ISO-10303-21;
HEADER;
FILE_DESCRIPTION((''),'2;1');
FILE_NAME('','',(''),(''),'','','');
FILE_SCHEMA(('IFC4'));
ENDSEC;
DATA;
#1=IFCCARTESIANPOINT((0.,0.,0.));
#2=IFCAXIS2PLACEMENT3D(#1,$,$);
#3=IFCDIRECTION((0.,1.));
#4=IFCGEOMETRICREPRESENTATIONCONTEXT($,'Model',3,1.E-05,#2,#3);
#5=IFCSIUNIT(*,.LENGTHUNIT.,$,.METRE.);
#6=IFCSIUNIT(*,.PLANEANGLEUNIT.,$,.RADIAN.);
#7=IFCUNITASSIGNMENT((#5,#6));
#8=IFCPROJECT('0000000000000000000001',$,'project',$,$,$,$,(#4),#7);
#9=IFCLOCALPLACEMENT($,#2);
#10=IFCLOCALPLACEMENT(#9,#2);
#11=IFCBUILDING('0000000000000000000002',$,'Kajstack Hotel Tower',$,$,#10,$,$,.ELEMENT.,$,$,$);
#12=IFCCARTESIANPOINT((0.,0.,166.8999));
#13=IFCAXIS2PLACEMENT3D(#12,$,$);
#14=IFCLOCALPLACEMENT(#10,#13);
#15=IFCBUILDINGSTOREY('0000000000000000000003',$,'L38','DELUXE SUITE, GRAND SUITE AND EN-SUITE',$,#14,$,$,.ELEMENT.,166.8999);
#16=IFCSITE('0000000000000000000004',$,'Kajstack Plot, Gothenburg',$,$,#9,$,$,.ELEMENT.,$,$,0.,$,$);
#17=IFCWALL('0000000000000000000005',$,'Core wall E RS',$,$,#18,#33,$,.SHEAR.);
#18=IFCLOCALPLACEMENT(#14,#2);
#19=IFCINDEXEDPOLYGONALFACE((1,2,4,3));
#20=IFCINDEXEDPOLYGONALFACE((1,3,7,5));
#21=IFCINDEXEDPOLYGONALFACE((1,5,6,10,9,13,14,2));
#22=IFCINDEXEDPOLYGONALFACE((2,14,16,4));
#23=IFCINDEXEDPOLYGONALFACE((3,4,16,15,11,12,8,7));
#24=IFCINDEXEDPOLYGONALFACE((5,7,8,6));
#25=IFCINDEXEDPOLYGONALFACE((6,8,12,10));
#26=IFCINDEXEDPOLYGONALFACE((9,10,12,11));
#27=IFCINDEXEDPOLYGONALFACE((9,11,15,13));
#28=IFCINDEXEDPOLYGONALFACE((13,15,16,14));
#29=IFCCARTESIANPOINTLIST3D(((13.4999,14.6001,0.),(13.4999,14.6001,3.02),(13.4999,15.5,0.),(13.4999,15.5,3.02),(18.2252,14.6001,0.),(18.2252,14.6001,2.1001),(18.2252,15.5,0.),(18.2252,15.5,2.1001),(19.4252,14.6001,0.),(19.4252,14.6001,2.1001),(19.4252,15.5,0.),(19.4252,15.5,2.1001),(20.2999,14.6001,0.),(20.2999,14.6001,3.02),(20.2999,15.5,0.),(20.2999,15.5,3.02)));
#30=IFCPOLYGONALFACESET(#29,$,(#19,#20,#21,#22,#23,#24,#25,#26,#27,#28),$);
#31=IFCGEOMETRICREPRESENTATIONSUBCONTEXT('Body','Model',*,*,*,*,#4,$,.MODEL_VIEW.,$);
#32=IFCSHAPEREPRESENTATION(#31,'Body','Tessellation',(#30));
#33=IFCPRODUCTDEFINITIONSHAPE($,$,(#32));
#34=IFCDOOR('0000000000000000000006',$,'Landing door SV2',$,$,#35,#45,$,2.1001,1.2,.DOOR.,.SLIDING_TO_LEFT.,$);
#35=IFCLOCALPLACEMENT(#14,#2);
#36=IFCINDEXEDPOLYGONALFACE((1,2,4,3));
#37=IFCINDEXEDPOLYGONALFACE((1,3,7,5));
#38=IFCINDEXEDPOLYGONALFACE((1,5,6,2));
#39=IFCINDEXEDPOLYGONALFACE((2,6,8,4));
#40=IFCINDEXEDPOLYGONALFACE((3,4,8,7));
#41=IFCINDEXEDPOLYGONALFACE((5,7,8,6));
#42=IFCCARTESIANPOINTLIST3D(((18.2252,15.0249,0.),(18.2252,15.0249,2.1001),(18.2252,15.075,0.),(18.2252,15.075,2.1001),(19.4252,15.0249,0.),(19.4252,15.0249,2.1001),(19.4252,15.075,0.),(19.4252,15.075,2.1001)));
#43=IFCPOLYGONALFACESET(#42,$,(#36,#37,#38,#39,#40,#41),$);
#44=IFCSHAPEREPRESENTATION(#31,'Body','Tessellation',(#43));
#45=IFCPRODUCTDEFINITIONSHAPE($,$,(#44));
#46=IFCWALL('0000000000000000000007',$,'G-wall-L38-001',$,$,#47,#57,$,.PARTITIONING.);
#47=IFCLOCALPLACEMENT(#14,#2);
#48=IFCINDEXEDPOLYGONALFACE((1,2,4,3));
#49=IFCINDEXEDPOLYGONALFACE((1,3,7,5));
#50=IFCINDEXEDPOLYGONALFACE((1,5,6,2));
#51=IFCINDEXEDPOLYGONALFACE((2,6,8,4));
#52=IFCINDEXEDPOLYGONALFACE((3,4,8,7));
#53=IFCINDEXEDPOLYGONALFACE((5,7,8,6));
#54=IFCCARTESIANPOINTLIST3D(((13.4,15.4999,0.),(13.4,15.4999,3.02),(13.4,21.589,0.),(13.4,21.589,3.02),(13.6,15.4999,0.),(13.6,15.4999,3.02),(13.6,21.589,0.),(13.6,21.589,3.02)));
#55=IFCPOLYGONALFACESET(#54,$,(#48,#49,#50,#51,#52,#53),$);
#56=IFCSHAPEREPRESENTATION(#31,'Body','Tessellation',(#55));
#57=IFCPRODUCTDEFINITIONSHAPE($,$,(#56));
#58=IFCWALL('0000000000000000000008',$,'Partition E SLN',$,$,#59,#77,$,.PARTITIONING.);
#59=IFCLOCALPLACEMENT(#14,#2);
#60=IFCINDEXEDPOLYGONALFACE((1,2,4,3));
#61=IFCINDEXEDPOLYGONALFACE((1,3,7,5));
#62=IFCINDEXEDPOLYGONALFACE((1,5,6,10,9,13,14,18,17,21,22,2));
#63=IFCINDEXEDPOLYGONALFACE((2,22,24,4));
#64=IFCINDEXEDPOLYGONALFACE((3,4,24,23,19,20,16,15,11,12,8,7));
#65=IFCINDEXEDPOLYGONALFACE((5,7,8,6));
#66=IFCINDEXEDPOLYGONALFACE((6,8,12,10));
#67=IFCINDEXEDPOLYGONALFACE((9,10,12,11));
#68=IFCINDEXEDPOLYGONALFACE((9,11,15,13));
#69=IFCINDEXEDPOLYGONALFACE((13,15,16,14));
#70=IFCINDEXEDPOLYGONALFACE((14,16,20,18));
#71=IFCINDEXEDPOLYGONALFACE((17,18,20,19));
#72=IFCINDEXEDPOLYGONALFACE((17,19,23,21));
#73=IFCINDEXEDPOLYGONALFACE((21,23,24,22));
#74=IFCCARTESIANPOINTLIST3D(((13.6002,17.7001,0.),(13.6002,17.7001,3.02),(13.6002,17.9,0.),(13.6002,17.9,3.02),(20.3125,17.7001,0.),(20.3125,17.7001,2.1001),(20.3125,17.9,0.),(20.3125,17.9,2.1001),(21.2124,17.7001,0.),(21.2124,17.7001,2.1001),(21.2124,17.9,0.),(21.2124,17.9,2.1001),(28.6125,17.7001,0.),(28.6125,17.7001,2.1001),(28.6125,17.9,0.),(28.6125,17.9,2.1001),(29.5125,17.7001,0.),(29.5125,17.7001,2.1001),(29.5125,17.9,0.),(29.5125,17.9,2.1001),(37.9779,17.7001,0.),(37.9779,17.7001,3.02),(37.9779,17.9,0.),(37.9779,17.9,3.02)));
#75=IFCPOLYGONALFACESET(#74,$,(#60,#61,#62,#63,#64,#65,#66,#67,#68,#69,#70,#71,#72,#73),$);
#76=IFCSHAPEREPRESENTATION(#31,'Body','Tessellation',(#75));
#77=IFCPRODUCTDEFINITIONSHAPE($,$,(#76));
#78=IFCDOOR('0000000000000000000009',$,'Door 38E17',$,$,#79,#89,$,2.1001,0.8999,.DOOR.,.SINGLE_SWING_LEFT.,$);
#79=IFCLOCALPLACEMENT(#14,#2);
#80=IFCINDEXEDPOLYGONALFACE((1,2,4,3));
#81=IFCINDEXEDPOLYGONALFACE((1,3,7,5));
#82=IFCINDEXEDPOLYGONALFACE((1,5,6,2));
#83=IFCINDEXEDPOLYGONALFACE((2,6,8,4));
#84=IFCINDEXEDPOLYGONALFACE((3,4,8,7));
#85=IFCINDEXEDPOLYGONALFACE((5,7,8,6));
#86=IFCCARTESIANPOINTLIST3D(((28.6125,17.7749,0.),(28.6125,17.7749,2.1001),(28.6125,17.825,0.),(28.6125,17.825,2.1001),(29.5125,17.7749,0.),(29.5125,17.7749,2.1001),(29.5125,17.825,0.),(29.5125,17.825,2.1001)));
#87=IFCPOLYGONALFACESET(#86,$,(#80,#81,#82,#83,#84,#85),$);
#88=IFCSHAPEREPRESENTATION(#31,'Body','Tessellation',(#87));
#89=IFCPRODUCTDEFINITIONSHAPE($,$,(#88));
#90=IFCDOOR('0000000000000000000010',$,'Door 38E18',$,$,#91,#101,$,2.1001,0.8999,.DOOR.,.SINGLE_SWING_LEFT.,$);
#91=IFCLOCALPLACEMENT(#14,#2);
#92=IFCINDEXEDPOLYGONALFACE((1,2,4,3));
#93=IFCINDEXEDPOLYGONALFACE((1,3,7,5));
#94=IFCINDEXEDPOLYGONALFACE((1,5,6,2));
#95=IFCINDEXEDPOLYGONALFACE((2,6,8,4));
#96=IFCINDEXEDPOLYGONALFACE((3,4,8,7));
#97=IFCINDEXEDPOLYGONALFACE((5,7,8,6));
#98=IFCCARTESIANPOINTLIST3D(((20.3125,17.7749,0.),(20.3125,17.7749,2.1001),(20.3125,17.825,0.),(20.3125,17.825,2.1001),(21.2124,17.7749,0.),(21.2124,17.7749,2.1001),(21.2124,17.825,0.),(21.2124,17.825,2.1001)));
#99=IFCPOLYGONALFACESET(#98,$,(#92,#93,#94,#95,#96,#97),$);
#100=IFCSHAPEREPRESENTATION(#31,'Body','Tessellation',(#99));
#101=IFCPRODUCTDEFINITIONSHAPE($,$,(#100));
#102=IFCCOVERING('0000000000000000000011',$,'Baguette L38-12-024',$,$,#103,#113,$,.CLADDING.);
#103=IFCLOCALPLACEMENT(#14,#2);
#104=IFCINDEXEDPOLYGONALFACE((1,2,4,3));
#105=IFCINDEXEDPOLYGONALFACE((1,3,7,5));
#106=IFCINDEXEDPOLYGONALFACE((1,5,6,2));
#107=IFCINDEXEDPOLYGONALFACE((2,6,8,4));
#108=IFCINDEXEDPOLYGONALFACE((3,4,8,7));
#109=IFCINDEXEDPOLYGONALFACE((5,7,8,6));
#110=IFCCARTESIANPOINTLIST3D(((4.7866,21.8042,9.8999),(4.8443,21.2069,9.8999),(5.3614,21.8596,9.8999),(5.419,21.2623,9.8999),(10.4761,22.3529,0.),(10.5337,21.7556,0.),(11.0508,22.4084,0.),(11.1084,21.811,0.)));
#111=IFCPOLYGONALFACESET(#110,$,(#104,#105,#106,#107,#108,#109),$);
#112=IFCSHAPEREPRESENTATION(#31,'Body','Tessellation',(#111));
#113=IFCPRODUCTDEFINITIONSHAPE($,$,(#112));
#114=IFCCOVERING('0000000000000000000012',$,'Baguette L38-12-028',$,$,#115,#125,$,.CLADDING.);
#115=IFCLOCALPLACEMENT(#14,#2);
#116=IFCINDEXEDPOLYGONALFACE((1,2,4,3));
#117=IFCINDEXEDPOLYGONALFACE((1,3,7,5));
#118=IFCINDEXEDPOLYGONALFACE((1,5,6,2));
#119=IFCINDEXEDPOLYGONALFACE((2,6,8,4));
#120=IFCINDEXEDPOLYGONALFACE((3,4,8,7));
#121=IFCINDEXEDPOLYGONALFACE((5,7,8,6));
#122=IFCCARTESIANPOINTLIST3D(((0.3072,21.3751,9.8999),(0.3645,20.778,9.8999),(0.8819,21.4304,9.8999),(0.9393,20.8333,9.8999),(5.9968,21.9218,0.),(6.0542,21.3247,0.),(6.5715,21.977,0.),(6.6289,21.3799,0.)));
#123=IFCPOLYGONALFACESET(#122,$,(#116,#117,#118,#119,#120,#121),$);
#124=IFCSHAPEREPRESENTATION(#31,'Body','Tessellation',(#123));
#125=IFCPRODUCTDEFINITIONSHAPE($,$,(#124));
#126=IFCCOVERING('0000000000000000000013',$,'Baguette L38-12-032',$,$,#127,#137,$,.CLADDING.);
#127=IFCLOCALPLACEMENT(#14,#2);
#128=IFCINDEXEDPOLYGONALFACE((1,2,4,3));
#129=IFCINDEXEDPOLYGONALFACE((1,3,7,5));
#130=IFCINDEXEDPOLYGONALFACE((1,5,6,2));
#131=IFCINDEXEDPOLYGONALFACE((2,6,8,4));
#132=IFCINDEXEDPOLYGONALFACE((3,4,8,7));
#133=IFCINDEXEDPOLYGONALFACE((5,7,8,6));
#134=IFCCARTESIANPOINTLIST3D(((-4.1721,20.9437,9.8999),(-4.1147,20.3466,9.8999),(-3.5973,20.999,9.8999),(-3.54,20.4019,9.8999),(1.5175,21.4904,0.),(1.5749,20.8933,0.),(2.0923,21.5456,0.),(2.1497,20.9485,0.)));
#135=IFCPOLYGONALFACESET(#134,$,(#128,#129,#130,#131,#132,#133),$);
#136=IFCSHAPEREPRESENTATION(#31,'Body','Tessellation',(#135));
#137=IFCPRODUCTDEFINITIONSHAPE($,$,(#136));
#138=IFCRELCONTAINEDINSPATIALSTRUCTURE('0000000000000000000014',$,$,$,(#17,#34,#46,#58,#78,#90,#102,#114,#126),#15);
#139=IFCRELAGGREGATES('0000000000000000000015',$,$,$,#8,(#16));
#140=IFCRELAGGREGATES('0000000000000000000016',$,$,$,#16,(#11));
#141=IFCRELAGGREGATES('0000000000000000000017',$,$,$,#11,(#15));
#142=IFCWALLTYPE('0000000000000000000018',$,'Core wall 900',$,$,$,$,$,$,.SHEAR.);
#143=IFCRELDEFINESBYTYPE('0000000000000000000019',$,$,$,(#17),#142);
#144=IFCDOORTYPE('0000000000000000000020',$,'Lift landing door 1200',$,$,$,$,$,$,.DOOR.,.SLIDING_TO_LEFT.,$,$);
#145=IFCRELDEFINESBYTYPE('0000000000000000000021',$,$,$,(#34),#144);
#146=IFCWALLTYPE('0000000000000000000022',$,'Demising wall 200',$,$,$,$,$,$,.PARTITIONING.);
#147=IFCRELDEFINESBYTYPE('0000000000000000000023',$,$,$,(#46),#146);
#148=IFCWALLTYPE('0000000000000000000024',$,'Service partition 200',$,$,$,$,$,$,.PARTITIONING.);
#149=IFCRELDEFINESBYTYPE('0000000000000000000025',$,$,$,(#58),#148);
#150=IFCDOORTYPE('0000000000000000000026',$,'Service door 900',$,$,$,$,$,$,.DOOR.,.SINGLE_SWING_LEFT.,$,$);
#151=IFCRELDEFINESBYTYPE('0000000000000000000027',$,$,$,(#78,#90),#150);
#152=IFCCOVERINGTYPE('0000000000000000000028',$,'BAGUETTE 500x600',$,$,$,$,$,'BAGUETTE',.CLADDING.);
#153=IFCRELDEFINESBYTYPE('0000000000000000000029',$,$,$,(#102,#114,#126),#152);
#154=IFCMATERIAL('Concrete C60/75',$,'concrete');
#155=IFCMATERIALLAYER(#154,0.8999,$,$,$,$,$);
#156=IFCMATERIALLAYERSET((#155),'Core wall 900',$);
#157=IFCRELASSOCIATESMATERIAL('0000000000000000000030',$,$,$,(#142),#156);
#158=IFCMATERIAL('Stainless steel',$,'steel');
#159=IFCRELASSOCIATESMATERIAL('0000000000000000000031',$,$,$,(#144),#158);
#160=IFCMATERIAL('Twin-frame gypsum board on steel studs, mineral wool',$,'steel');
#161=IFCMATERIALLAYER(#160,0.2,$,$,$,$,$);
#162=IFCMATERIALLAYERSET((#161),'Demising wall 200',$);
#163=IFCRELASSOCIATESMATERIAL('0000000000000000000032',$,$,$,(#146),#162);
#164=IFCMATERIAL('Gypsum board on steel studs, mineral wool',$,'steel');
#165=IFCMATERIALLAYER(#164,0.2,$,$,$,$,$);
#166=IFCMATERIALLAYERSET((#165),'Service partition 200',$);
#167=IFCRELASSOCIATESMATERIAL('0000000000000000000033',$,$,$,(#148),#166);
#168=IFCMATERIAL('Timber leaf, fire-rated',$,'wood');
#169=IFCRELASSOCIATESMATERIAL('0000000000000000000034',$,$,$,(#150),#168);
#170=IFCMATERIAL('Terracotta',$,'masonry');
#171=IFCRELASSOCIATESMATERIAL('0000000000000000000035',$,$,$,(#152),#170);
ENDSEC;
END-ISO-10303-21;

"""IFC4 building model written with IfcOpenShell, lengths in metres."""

from ifc_helpers import new_model, si_unit, direction, frame, frame_2d, origin, origin_2d, place, context, subcontext, project, spatial, polyline, rectangle, outline, extrude, material, layer, layer_set, material_profile, profile_set, type_object, element, fill, save


model = new_model("IFC4")

# Units and contexts
model_context = context("Model", 3, precision=1e-05, world=origin(), true_north=direction((0.0, 1.0)))
body_context = subcontext(model_context, "Body", "Model", "MODEL_VIEW")
ifc_project = project(units=[si_unit("LENGTHUNIT", "METRE"), si_unit("PLANEANGLEUNIT", "RADIAN")], contexts=[model_context])

# Site, building, storey
site_placement = place(None, origin())
site = spatial("IfcSite", under=ifc_project, at=site_placement, Name="Kajstack Plot, Gothenburg", CompositionType="ELEMENT", RefElevation=0.0)
building_placement = place(site_placement, origin())
building = spatial("IfcBuilding", under=site, at=building_placement, Name="Kajstack Hotel Tower", CompositionType="ELEMENT")
storey_placement = place(building_placement, frame((0.0, 0.0, 166.8999)))
storey = spatial("IfcBuildingStorey", under=building, at=storey_placement, Name="L38", Description="DELUXE SUITE, GRAND SUITE AND EN-SUITE", CompositionType="ELEMENT", Elevation=166.8999)

# Wall, opening, door
ifc_material_1 = material(Name="Concrete C60/75", Category="concrete")
ifc_layer_1 = layer(ifc_material_1, 0.8999)
ifc_layer_set_1 = layer_set([ifc_layer_1], Name="Core wall 900")
wall_type_1 = type_object("IfcWallType", Name="Core wall 900", PredefinedType="SHEAR", material=ifc_layer_set_1)
wall_1_placement = place(storey_placement, frame((13.5, 15.05, 0.0), z_axis=(0.0, 0.0, 1.0), x_axis=(1.0, 0.0, 0.0)))
wall_1 = element("IfcWall", 1, at=wall_1_placement, inside=storey, type_object=wall_type_1, Name="Core wall E RS", PredefinedType="SHEAR", context=body_context, shape_type="SweptSolid", body=[
    extrude(rectangle(XDim=6.8, YDim=0.8999, at=frame_2d((3.3999, 0.0))), origin(), (0.0, 0.0, 1.0), 3.02),
])
opening_1_placement = place(wall_1_placement, frame((4.7251, 0.0, 0.0)))
opening_1 = element("IfcOpeningElement", 2, at=opening_1_placement, cuts=wall_1, PredefinedType="OPENING", context=body_context, shape_type="SweptSolid", body=[
    extrude(rectangle(XDim=1.2, YDim=2.1001, at=frame_2d((0.6001, 1.05))), frame((0.0, 0.46, 0.0), z_axis=(0.0, -1.0, 0.0), x_axis=(1.0, 0.0, 0.0)), (0.0, 0.0, 1.0), 0.9199),
])
ifc_material_2 = material(Name="Stainless steel", Category="steel")
door_type_1 = type_object("IfcDoorType", Name="Lift landing door 1200", OperationType="SLIDING_TO_LEFT", PredefinedType="DOOR", material=ifc_material_2)
door_1_placement = place(opening_1_placement, origin())
door_1 = element("IfcDoor", 3, at=door_1_placement, inside=storey, type_object=door_type_1, Name="Landing door SV2", OperationType="SLIDING_TO_LEFT", OverallHeight=2.1001, OverallWidth=1.2, PredefinedType="DOOR", context=body_context, shape_type="SweptSolid", body=[
    extrude(rectangle(XDim=1.2, YDim=2.1001, at=frame_2d((0.6001, 1.05))), frame((0.0, 0.0249, 0.0), z_axis=(0.0, -1.0, 0.0), x_axis=(1.0, 0.0, 0.0)), (0.0, 0.0, 1.0), 0.05),
])
fill(opening_1, door_1)

# Wall
ifc_material_3 = material(Name="Twin-frame gypsum board on steel studs, mineral wool", Category="steel")
ifc_layer_2 = layer(ifc_material_3, 0.2)
ifc_layer_set_2 = layer_set([ifc_layer_2], Name="Demising wall 200")
wall_type_2 = type_object("IfcWallType", Name="Demising wall 200", PredefinedType="PARTITIONING", material=ifc_layer_set_2)
wall_2_placement = place(storey_placement, frame((13.5, 15.5, 0.0), z_axis=(0.0, 0.0, 1.0), x_axis=(0.0, 1.0, 0.0)))
element("IfcWall", 4, at=wall_2_placement, inside=storey, type_object=wall_type_2, Name="G-wall-L38-001", PredefinedType="PARTITIONING", context=body_context, shape_type="SweptSolid", body=[
    extrude(rectangle(XDim=6.0891, YDim=0.2, at=frame_2d((3.0444, 0.0))), origin(), (0.0, 0.0, 1.0), 3.02),
])

# Wall, openings, doors
ifc_material_4 = material(Name="Gypsum board on steel studs, mineral wool", Category="steel")
ifc_layer_3 = layer(ifc_material_4, 0.2)
ifc_layer_set_3 = layer_set([ifc_layer_3], Name="Service partition 200")
wall_type_3 = type_object("IfcWallType", Name="Service partition 200", PredefinedType="PARTITIONING", material=ifc_layer_set_3)
wall_3_placement = place(storey_placement, frame((13.6001, 17.8, 0.0), z_axis=(0.0, 0.0, 1.0), x_axis=(1.0, 0.0, 0.0)))
wall_3 = element("IfcWall", 5, at=wall_3_placement, inside=storey, type_object=wall_type_3, Name="Partition E SLN", PredefinedType="PARTITIONING", context=body_context, shape_type="SweptSolid", body=[
    extrude(rectangle(XDim=24.3777, YDim=0.2, at=frame_2d((12.189, 0.0))), origin(), (0.0, 0.0, 1.0), 3.02),
])
opening_2_placement = place(wall_3_placement, frame((15.0125, 0.0, 0.0)))
opening_2 = element("IfcOpeningElement", 6, at=opening_2_placement, cuts=wall_3, PredefinedType="OPENING", context=body_context, shape_type="SweptSolid", body=[
    extrude(rectangle(XDim=0.8999, YDim=2.1001, at=frame_2d((0.45, 1.05))), frame((0.0, 0.1099, 0.0), z_axis=(0.0, -1.0, 0.0), x_axis=(1.0, 0.0, 0.0)), (0.0, 0.0, 1.0), 0.22),
])
opening_3_placement = place(wall_3_placement, frame((6.7124, 0.0, 0.0)))
opening_3 = element("IfcOpeningElement", 7, at=opening_3_placement, cuts=wall_3, PredefinedType="OPENING", context=body_context, shape_type="SweptSolid", body=[
    extrude(rectangle(XDim=0.8999, YDim=2.1001, at=frame_2d((0.45, 1.05))), frame((0.0, 0.1099, 0.0), z_axis=(0.0, -1.0, 0.0), x_axis=(1.0, 0.0, 0.0)), (0.0, 0.0, 1.0), 0.22),
])
ifc_material_5 = material(Name="Timber leaf, fire-rated", Category="wood")
door_type_2 = type_object("IfcDoorType", Name="Service door 900", OperationType="SINGLE_SWING_LEFT", PredefinedType="DOOR", material=ifc_material_5)
door_2_placement = place(opening_2_placement, origin())
door_2 = element("IfcDoor", 8, at=door_2_placement, inside=storey, type_object=door_type_2, Name="Door 38E17", OperationType="SINGLE_SWING_LEFT", OverallHeight=2.1001, OverallWidth=0.8999, PredefinedType="DOOR", context=body_context, shape_type="SweptSolid", body=[
    extrude(rectangle(XDim=0.8999, YDim=2.1001, at=frame_2d((0.45, 1.05))), frame((0.0, 0.0249, 0.0), z_axis=(0.0, -1.0, 0.0), x_axis=(1.0, 0.0, 0.0)), (0.0, 0.0, 1.0), 0.05),
])
fill(opening_2, door_2)
door_3_placement = place(opening_3_placement, origin())
door_3 = element("IfcDoor", 9, at=door_3_placement, inside=storey, type_object=door_type_2, Name="Door 38E18", OperationType="SINGLE_SWING_LEFT", OverallHeight=2.1001, OverallWidth=0.8999, PredefinedType="DOOR", context=body_context, shape_type="SweptSolid", body=[
    extrude(rectangle(XDim=0.8999, YDim=2.1001, at=frame_2d((0.45, 1.05))), frame((0.0, 0.0249, 0.0), z_axis=(0.0, -1.0, 0.0), x_axis=(1.0, 0.0, 0.0)), (0.0, 0.0, 1.0), 0.05),
])
fill(opening_3, door_3)

# Coverings
ifc_material_6 = material(Name="Terracotta", Category="masonry")
ifc_material_profile = material_profile(ifc_material_6, rectangle(XDim=0.6001, YDim=0.5, at=origin_2d()), Name="Terracotta-clad concrete baguette 500 x 600")
ifc_profile_set = profile_set([ifc_material_profile], Name="Terracotta")
covering_type = type_object("IfcCoveringType", Name="BAGUETTE 500x600", ElementType="BAGUETTE", PredefinedType="CLADDING", material=ifc_profile_set)
covering_placement = place(storey_placement, frame((11.1084, 21.811, 0.0), z_axis=(-0.095999, 0.995381, 0.0), x_axis=(-0.995381, -0.095999, 0.0)))
element("IfcCovering", 10, at=covering_placement, inside=storey, type_object=covering_type, Name="Baguette L38-12-024", PredefinedType="CLADDING", context=body_context, shape_type="SweptSolid", body=[
    extrude(outline(polyline([(5.7158, 9.8999), (0.0, 0.0), (0.5774, 0.0), (6.2932, 9.8999), (5.7158, 9.8999)])), origin(), (0.0, 0.0, 1.0), 0.6001),
])
for number, where, z_axis, x_axis, name in (
    (11, (6.6289, 21.3799, 0.0), (-0.095635, 0.995416, 0.0), (-0.995416, -0.095635, 0.0), "Baguette L38-12-028"),
    (12, (2.1497, 20.9485, 0.0), (-0.095635, 0.995416, 0.0), (-0.995416, -0.095635, 0.0), "Baguette L38-12-032"),
):
    element("IfcCovering", number, at=place(storey_placement, frame(where, z_axis=z_axis, x_axis=x_axis)), inside=storey, type_object=covering_type, Name=name, PredefinedType="CLADDING", context=body_context, shape_type="SweptSolid", body=[
        extrude(outline(polyline([(5.7158, 9.8999), (0.0, 0.0), (0.5774, 0.0), (6.2932, 9.8999), (5.7158, 9.8999)])), origin(), (0.0, 0.0, 1.0), 0.5999),
    ])

save(model, "model.ifc")
